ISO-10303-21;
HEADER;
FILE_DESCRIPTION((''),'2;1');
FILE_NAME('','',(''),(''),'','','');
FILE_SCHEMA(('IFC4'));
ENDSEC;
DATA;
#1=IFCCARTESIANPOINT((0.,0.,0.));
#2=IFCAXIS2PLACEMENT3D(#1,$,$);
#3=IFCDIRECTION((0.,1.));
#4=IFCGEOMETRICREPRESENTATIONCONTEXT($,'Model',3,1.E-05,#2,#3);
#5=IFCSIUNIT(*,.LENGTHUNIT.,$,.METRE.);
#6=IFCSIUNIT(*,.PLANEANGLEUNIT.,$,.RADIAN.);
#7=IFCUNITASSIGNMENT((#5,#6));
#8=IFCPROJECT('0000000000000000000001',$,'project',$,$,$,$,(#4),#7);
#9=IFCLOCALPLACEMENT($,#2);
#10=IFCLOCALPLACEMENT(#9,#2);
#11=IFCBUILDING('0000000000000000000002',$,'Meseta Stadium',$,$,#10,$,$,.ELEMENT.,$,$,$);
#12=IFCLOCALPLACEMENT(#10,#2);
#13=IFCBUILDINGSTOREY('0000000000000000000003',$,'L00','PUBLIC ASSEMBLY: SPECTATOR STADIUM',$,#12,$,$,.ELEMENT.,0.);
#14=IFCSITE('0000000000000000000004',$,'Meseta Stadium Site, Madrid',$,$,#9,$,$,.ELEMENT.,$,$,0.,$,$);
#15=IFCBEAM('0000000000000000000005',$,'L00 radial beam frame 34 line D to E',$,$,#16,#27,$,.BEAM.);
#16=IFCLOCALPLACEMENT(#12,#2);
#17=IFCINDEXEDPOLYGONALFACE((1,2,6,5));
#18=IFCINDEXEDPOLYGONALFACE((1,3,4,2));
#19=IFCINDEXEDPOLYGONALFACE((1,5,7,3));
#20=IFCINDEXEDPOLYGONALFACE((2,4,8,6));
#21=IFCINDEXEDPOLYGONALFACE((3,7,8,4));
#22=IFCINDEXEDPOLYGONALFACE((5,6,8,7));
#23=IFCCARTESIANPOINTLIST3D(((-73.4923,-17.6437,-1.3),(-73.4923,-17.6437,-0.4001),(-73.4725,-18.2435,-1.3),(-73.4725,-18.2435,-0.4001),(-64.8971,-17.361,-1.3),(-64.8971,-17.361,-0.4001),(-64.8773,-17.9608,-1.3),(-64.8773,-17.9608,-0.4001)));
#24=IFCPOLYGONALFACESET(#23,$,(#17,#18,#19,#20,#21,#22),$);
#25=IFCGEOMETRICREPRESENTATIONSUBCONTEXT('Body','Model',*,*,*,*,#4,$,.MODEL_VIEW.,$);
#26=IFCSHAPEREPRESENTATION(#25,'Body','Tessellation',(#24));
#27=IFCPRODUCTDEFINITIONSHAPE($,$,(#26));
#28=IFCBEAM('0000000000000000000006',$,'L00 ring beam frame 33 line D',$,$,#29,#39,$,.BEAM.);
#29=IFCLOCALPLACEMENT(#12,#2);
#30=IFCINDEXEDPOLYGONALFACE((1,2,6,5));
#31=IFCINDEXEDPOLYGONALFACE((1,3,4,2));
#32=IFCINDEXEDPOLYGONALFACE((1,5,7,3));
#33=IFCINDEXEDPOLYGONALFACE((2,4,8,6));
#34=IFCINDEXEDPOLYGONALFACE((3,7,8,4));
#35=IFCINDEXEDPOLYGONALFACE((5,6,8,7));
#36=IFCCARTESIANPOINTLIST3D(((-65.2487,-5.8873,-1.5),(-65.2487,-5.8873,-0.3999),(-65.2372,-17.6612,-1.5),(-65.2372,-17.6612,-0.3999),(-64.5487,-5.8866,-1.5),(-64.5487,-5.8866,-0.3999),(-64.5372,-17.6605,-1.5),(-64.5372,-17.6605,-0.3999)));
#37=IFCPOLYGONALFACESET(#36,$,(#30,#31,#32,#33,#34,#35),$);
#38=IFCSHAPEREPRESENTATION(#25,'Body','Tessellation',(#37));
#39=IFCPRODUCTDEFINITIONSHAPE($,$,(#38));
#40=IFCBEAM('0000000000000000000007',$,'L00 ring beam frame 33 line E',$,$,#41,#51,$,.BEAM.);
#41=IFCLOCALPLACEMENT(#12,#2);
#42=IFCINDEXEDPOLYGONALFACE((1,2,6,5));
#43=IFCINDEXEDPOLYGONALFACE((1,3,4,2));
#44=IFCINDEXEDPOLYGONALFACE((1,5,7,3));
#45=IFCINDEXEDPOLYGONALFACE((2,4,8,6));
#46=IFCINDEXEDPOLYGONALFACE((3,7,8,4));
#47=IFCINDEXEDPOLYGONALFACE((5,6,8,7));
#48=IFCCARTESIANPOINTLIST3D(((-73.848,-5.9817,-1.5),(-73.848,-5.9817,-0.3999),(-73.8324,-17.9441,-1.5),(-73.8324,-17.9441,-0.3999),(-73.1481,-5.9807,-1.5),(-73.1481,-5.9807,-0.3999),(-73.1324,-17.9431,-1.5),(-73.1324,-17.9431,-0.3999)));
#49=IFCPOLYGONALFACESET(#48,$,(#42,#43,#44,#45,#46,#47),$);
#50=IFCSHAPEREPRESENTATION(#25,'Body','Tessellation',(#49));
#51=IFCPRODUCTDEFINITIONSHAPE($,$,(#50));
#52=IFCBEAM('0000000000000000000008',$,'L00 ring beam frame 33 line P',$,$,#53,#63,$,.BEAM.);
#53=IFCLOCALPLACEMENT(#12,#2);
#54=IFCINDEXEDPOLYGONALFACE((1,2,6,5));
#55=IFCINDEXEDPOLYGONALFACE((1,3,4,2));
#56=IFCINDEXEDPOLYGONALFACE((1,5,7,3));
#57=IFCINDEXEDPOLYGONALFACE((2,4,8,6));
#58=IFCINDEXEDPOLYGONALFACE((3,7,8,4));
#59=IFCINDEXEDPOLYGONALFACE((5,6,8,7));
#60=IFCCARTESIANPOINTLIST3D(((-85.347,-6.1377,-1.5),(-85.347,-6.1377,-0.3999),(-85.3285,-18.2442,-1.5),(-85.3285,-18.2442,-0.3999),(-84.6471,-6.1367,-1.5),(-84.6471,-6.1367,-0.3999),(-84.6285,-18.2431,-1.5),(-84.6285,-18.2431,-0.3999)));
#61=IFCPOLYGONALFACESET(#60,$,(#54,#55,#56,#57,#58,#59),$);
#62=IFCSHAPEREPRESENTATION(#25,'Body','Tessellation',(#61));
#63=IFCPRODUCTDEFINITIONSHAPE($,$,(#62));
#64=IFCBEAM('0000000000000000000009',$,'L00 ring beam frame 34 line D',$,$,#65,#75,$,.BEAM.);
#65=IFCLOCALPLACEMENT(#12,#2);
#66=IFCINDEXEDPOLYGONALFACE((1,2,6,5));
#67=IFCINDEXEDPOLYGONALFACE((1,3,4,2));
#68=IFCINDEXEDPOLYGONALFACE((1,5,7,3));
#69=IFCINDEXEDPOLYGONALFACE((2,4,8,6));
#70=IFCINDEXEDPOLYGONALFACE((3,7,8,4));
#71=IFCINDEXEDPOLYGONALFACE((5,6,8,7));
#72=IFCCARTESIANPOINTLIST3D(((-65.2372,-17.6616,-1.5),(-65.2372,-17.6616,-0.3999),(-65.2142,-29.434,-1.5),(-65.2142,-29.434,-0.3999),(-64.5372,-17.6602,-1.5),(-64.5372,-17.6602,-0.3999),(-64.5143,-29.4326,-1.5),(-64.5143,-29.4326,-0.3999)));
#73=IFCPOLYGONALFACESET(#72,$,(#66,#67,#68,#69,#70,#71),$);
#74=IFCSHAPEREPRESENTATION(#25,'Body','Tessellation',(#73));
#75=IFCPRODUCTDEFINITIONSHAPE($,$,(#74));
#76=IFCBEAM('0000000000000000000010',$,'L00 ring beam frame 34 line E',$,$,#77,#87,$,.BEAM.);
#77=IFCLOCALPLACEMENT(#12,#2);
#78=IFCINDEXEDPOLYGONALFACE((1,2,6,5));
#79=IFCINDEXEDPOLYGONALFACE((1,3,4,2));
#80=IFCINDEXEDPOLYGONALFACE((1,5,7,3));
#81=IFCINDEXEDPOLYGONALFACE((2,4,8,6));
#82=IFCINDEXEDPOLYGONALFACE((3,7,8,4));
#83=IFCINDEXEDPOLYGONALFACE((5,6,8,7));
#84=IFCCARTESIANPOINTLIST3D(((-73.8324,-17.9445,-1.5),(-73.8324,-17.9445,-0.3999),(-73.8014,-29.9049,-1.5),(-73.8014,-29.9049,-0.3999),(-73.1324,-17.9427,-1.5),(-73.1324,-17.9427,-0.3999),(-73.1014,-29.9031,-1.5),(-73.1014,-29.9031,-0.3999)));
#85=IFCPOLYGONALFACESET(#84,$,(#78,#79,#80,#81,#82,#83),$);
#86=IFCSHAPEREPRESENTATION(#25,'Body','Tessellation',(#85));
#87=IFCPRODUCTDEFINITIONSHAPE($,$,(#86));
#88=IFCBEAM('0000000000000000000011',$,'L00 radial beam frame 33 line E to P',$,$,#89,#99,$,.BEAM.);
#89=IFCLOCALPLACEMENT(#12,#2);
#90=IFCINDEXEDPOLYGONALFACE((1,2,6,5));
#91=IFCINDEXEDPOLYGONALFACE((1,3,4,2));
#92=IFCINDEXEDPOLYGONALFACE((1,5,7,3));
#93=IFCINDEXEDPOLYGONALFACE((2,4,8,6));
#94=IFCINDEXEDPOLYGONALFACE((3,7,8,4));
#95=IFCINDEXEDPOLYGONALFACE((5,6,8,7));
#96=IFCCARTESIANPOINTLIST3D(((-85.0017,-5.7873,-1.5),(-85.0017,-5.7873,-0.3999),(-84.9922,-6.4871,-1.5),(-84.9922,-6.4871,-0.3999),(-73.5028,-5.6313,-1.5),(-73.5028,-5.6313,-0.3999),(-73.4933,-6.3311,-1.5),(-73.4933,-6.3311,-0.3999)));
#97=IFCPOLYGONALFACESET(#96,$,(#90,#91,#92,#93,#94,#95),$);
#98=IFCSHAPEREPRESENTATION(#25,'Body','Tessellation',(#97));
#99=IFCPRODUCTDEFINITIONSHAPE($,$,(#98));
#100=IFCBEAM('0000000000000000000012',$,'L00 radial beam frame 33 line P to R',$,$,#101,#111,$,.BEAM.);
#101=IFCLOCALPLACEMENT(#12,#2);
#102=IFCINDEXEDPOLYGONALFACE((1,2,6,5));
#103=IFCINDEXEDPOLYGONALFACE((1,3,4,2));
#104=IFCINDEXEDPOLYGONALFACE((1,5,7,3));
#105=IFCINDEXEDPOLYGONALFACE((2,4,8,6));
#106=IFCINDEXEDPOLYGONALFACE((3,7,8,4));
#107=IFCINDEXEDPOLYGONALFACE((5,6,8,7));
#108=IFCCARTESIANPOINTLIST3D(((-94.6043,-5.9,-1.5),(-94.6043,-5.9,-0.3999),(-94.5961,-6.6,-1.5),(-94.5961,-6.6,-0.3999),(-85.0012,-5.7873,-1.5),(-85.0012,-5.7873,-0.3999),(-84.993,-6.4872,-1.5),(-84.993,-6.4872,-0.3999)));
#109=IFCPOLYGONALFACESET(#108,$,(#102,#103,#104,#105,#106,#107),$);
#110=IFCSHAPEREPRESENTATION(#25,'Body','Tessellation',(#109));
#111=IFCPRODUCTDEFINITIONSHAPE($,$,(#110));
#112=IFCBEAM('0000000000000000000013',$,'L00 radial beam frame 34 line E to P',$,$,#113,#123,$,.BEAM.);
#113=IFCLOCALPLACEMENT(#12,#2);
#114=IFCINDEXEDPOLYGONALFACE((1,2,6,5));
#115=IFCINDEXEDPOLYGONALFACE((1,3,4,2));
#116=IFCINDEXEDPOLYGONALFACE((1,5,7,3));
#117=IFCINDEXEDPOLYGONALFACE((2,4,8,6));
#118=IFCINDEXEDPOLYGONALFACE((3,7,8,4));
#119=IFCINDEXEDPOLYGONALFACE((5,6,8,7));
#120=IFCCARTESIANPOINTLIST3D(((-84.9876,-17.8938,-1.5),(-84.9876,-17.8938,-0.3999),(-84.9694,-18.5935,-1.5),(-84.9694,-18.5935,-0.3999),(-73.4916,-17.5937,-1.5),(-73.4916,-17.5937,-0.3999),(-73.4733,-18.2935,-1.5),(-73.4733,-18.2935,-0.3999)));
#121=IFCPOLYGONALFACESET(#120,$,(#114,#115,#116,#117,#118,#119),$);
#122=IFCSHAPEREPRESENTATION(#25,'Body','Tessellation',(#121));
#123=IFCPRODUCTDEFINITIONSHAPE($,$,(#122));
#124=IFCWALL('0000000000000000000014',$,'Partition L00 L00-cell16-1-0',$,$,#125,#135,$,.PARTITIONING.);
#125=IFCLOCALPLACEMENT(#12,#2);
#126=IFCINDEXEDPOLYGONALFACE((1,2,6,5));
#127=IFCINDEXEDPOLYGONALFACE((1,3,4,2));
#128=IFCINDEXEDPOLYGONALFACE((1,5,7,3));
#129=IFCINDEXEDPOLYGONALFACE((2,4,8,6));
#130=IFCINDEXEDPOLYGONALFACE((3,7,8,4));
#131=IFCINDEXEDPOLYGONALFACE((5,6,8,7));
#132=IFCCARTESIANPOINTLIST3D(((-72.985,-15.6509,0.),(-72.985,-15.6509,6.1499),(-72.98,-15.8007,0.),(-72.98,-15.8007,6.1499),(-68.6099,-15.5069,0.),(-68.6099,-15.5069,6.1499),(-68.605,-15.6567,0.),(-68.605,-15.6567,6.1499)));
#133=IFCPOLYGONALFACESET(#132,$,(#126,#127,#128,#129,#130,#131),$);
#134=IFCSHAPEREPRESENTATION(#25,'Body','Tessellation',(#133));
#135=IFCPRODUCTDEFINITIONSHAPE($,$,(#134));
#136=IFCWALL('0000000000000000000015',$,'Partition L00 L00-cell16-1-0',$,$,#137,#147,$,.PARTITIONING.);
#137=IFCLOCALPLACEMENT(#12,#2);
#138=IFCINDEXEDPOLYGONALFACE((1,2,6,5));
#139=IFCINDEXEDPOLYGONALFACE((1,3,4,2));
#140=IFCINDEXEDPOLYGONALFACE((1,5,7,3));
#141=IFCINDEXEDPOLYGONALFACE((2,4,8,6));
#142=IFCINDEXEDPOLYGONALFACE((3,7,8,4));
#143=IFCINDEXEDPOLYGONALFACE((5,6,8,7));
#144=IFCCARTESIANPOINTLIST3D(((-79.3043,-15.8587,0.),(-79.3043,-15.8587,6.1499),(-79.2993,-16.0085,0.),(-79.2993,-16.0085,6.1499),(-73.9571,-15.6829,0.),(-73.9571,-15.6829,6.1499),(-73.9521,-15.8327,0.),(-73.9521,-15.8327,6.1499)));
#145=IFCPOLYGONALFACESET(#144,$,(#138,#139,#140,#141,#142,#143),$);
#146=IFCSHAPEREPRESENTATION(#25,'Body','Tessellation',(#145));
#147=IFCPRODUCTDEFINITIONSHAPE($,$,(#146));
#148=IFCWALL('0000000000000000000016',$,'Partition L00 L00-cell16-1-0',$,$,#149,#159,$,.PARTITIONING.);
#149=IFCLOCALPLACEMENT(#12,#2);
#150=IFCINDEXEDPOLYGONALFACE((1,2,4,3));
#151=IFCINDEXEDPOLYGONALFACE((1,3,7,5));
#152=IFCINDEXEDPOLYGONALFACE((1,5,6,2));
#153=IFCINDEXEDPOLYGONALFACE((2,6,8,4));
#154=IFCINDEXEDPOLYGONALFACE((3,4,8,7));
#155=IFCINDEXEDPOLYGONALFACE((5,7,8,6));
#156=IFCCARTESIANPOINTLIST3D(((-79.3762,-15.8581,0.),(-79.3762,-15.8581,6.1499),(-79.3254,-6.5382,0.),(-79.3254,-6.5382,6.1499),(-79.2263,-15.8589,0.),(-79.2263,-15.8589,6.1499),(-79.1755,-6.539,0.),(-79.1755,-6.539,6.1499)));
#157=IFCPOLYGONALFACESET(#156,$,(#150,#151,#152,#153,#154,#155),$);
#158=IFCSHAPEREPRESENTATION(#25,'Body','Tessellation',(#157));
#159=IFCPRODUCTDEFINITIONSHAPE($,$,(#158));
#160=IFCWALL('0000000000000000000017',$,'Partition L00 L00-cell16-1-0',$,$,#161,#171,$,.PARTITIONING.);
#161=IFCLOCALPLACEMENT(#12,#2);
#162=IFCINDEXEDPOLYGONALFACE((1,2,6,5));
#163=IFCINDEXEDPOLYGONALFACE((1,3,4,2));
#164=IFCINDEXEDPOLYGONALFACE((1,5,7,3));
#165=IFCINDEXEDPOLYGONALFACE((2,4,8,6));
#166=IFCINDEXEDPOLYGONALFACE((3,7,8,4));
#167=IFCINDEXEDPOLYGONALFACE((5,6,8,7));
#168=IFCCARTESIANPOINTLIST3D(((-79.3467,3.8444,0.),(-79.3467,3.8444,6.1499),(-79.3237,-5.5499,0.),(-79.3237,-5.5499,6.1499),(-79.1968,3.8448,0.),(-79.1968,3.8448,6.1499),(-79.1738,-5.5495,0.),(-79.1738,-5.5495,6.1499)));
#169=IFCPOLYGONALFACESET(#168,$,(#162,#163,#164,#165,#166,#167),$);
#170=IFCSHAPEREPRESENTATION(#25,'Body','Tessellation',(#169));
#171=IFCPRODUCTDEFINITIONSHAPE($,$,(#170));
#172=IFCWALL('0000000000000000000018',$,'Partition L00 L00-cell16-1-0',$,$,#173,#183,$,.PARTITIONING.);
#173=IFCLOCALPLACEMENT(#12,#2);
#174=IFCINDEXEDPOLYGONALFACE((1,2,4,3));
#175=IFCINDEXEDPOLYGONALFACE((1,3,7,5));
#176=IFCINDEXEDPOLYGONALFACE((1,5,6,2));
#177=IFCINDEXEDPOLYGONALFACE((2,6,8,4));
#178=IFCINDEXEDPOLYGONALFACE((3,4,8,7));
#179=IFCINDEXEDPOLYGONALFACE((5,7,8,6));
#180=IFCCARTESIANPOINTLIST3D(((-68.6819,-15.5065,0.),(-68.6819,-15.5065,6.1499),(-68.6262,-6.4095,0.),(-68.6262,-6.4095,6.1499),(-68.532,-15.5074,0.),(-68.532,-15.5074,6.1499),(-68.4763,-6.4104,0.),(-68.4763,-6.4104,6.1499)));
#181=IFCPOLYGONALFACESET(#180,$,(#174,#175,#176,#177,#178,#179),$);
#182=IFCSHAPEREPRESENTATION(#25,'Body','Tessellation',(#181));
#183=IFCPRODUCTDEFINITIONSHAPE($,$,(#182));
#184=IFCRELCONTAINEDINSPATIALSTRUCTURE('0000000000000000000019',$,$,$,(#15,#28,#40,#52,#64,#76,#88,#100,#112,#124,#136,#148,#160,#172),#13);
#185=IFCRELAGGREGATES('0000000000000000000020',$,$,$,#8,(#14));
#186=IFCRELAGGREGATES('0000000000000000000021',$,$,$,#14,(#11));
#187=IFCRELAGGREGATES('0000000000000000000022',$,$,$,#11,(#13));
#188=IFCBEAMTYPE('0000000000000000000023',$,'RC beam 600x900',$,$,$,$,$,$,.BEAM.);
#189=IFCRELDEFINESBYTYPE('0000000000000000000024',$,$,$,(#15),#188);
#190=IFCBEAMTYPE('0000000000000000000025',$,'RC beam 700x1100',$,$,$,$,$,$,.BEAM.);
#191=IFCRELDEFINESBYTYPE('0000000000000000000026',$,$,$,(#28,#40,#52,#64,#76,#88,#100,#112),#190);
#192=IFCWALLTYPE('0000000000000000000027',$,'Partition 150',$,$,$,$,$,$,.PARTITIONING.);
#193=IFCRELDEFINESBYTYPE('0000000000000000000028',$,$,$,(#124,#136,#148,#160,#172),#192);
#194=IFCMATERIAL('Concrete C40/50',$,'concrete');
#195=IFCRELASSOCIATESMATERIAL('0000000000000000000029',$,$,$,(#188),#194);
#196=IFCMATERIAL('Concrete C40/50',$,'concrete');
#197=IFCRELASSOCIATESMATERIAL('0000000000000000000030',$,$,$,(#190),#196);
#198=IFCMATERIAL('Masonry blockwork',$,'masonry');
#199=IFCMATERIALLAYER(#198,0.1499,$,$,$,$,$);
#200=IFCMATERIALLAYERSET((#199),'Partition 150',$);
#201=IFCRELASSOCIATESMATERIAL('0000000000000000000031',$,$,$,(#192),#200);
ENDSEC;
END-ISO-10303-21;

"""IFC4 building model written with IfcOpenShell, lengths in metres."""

from ifc_helpers import new_model, si_unit, direction, frame, frame_2d, origin, origin_2d, place, context, subcontext, project, spatial, rectangle, extrude, material, layer, layer_set, material_profile, profile_set, type_object, element, save


model = new_model("IFC4")

# Units and contexts
model_context = context("Model", 3, precision=1e-05, world=origin(), true_north=direction((0.0, 1.0)))
body_context = subcontext(model_context, "Body", "Model", "MODEL_VIEW")
ifc_project = project(units=[si_unit("LENGTHUNIT", "METRE"), si_unit("PLANEANGLEUNIT", "RADIAN")], contexts=[model_context])

# Site, building, storey
site_placement = place(None, origin())
site = spatial("IfcSite", under=ifc_project, at=site_placement, Name="Meseta Stadium Site, Madrid", CompositionType="ELEMENT", RefElevation=0.0)
building_placement = place(site_placement, origin())
building = spatial("IfcBuilding", under=site, at=building_placement, Name="Meseta Stadium", CompositionType="ELEMENT")
storey_placement = place(building_placement, origin())
storey = spatial("IfcBuildingStorey", under=building, at=storey_placement, Name="L00", Description="PUBLIC ASSEMBLY: SPECTATOR STADIUM", CompositionType="ELEMENT", Elevation=0.0)

# Beams
ifc_material_1 = material(Name="Concrete C40/50", Category="concrete")
ifc_material_profile_1 = material_profile(ifc_material_1, rectangle(XDim=0.6001, YDim=0.8999, at=origin_2d()), Name="RC 600x900")
ifc_profile_set_1 = profile_set([ifc_material_profile_1], Name="Concrete C40/50")
beam_type_1 = type_object("IfcBeamType", Name="RC beam 600x900", PredefinedType="BEAM", material=ifc_profile_set_1)
for number, where, z_axis, x_axis, name in (
    (1, (-64.8872, -17.6609, -0.8501), (-0.999459, -0.032874, 0.0), (0.032874, -0.999459, 0.0), "L00 radial beam frame 34 line D to E"),
):
    element("IfcBeam", number, at=place(storey_placement, frame(where, z_axis=z_axis, x_axis=x_axis)), inside=storey, type_object=beam_type_1, Name=name, PredefinedType="BEAM", context=body_context, shape_type="SweptSolid", body=[
        extrude(rectangle(XDim=0.6001, YDim=0.8999, at=origin_2d()), origin(), (0.0, 0.0, 1.0), 8.5999),
    ])
ifc_material_2 = material(Name="Concrete C40/50", Category="concrete")
ifc_material_profile_2 = material_profile(ifc_material_2, rectangle(XDim=0.7, YDim=1.1001, at=origin_2d()), Name="RC 700x1100")
ifc_profile_set_2 = profile_set([ifc_material_profile_2], Name="Concrete C40/50")
beam_type_2 = type_object("IfcBeamType", Name="RC beam 700x1100", PredefinedType="BEAM", material=ifc_profile_set_2)
beam_1_placement = place(storey_placement, frame((-64.8987, -5.887, -0.95), z_axis=(0.000975, -1.0, 0.0), x_axis=(1.0, 0.000975, 0.0)))
element("IfcBeam", 2, at=beam_1_placement, inside=storey, type_object=beam_type_2, Name="L00 ring beam frame 33 line D", PredefinedType="BEAM", context=body_context, shape_type="SweptSolid", body=[
    extrude(rectangle(XDim=0.7, YDim=1.1001, at=origin_2d()), origin(), (0.0, 0.0, 1.0), 11.7739),
])
beam_2_placement = place(storey_placement, frame((-73.498, -5.9812, -0.95), z_axis=(0.001306, -0.999999, 0.0), x_axis=(0.999999, 0.001306, 0.0)))
element("IfcBeam", 3, at=beam_2_placement, inside=storey, type_object=beam_type_2, Name="L00 ring beam frame 33 line E", PredefinedType="BEAM", context=body_context, shape_type="SweptSolid", body=[
    extrude(rectangle(XDim=0.7, YDim=1.1001, at=origin_2d()), origin(), (0.0, 0.0, 1.0), 11.9624),
])
beam_3_placement = place(storey_placement, frame((-84.9971, -6.1372, -0.95), z_axis=(0.001533, -0.999999, 0.0), x_axis=(0.999999, 0.001533, 0.0)))
element("IfcBeam", 4, at=beam_3_placement, inside=storey, type_object=beam_type_2, Name="L00 ring beam frame 33 line P", PredefinedType="BEAM", context=body_context, shape_type="SweptSolid", body=[
    extrude(rectangle(XDim=0.7, YDim=1.1001, at=origin_2d()), origin(), (0.0, 0.0, 1.0), 12.1064),
])
beam_4_placement = place(storey_placement, frame((-64.8872, -17.6609, -0.95), z_axis=(0.001949, -0.999998, 0.0), x_axis=(0.999998, 0.001949, 0.0)))
element("IfcBeam", 5, at=beam_4_placement, inside=storey, type_object=beam_type_2, Name="L00 ring beam frame 34 line D", PredefinedType="BEAM", context=body_context, shape_type="SweptSolid", body=[
    extrude(rectangle(XDim=0.7, YDim=1.1001, at=origin_2d()), origin(), (0.0, 0.0, 1.0), 11.7725),
])
beam_5_placement = place(storey_placement, frame((-73.4824, -17.9436, -0.95), z_axis=(0.002592, -0.999997, 0.0), x_axis=(0.999997, 0.002592, 0.0)))
element("IfcBeam", 6, at=beam_5_placement, inside=storey, type_object=beam_type_2, Name="L00 ring beam frame 34 line E", PredefinedType="BEAM", context=body_context, shape_type="SweptSolid", body=[
    extrude(rectangle(XDim=0.7, YDim=1.1001, at=origin_2d()), origin(), (0.0, 0.0, 1.0), 11.9604),
])
beam_6_placement = place(storey_placement, frame((-73.498, -5.9812, -0.95), z_axis=(-0.999908, -0.013566, 0.0), x_axis=(0.013566, -0.999908, 0.0)))
element("IfcBeam", 7, at=beam_6_placement, inside=storey, type_object=beam_type_2, Name="L00 radial beam frame 33 line E to P", PredefinedType="BEAM", context=body_context, shape_type="SweptSolid", body=[
    extrude(rectangle(XDim=0.7, YDim=1.1001, at=origin_2d()), origin(), (0.0, 0.0, 1.0), 11.5),
])
beam_7_placement = place(storey_placement, frame((-84.9971, -6.1372, -0.95), z_axis=(-0.999931, -0.011745, 0.0), x_axis=(0.011745, -0.999931, 0.0)))
element("IfcBeam", 8, at=beam_7_placement, inside=storey, type_object=beam_type_2, Name="L00 radial beam frame 33 line P to R", PredefinedType="BEAM", context=body_context, shape_type="SweptSolid", body=[
    extrude(rectangle(XDim=0.7, YDim=1.1001, at=origin_2d()), origin(), (0.0, 0.0, 1.0), 9.6038),
])
beam_8_placement = place(storey_placement, frame((-73.4824, -17.9436, -0.95), z_axis=(-0.99966, -0.026091, 0.0), x_axis=(0.026091, -0.99966, 0.0)))
element("IfcBeam", 9, at=beam_8_placement, inside=storey, type_object=beam_type_2, Name="L00 radial beam frame 34 line E to P", PredefinedType="BEAM", context=body_context, shape_type="SweptSolid", body=[
    extrude(rectangle(XDim=0.7, YDim=1.1001, at=origin_2d()), origin(), (0.0, 0.0, 1.0), 11.5),
])

# Walls
ifc_material_3 = material(Name="Masonry blockwork", Category="masonry")
ifc_layer = layer(ifc_material_3, 0.1499)
ifc_layer_set = layer_set([ifc_layer], Name="Partition 150")
wall_type = type_object("IfcWallType", Name="Partition 150", PredefinedType="PARTITIONING", material=ifc_layer_set)
wall_1_placement = place(storey_placement, frame((-68.6074, -15.5818, 0.0), z_axis=(0.0, 0.0, 1.0), x_axis=(-0.999458, -0.032906, 0.0)))
element("IfcWall", 10, at=wall_1_placement, inside=storey, type_object=wall_type, Name="Partition L00 L00-cell16-1-0", PredefinedType="PARTITIONING", context=body_context, shape_type="SweptSolid", body=[
    extrude(rectangle(XDim=4.3774, YDim=0.1499, at=frame_2d((2.1887, 0.0))), origin(), (0.0, 0.0, 1.0), 6.1499),
])
wall_2_placement = place(storey_placement, frame((-73.9546, -15.7578, 0.0), z_axis=(0.0, 0.0, 1.0), x_axis=(-0.99946, -0.032856, 0.0)))
element("IfcWall", 11, at=wall_2_placement, inside=storey, type_object=wall_type, Name="Partition L00 L00-cell16-1-0", PredefinedType="PARTITIONING", context=body_context, shape_type="SweptSolid", body=[
    extrude(rectangle(XDim=5.3501, YDim=0.1499, at=frame_2d((2.675, 0.0))), origin(), (0.0, 0.0, 1.0), 6.1499),
])
wall_3_placement = place(storey_placement, frame((-79.3013, -15.8586, 0.0), z_axis=(0.0, 0.0, 1.0), x_axis=(0.005449, 0.999985, 0.0)))
element("IfcWall", 12, at=wall_3_placement, inside=storey, type_object=wall_type, Name="Partition L00 L00-cell16-1-0", PredefinedType="PARTITIONING", context=body_context, shape_type="SweptSolid", body=[
    extrude(rectangle(XDim=9.3201, YDim=0.1499, at=frame_2d((4.6602, 0.0))), origin(), (0.0, 0.0, 1.0), 6.1499),
])
wall_4_placement = place(storey_placement, frame((-79.2488, -5.5498, 0.0), z_axis=(0.0, 0.0, 1.0), x_axis=(-0.002443, 0.999997, 0.0)))
element("IfcWall", 13, at=wall_4_placement, inside=storey, type_object=wall_type, Name="Partition L00 L00-cell16-1-0", PredefinedType="PARTITIONING", context=body_context, shape_type="SweptSolid", body=[
    extrude(rectangle(XDim=9.3943, YDim=0.1499, at=frame_2d((4.6973, 0.0))), origin(), (0.0, 0.0, 1.0), 6.1499),
])
wall_5_placement = place(storey_placement, frame((-68.5513, -6.4099, 0.0), z_axis=(0.0, 0.0, 1.0), x_axis=(-0.006119, -0.999981, 0.0)))
element("IfcWall", 14, at=wall_5_placement, inside=storey, type_object=wall_type, Name="Partition L00 L00-cell16-1-0", PredefinedType="PARTITIONING", context=body_context, shape_type="SweptSolid", body=[
    extrude(rectangle(XDim=9.0972, YDim=0.1499, at=frame_2d((4.5486, 0.0))), origin(), (0.0, 0.0, 1.0), 6.1499),
])

save(model, "model.ifc")
